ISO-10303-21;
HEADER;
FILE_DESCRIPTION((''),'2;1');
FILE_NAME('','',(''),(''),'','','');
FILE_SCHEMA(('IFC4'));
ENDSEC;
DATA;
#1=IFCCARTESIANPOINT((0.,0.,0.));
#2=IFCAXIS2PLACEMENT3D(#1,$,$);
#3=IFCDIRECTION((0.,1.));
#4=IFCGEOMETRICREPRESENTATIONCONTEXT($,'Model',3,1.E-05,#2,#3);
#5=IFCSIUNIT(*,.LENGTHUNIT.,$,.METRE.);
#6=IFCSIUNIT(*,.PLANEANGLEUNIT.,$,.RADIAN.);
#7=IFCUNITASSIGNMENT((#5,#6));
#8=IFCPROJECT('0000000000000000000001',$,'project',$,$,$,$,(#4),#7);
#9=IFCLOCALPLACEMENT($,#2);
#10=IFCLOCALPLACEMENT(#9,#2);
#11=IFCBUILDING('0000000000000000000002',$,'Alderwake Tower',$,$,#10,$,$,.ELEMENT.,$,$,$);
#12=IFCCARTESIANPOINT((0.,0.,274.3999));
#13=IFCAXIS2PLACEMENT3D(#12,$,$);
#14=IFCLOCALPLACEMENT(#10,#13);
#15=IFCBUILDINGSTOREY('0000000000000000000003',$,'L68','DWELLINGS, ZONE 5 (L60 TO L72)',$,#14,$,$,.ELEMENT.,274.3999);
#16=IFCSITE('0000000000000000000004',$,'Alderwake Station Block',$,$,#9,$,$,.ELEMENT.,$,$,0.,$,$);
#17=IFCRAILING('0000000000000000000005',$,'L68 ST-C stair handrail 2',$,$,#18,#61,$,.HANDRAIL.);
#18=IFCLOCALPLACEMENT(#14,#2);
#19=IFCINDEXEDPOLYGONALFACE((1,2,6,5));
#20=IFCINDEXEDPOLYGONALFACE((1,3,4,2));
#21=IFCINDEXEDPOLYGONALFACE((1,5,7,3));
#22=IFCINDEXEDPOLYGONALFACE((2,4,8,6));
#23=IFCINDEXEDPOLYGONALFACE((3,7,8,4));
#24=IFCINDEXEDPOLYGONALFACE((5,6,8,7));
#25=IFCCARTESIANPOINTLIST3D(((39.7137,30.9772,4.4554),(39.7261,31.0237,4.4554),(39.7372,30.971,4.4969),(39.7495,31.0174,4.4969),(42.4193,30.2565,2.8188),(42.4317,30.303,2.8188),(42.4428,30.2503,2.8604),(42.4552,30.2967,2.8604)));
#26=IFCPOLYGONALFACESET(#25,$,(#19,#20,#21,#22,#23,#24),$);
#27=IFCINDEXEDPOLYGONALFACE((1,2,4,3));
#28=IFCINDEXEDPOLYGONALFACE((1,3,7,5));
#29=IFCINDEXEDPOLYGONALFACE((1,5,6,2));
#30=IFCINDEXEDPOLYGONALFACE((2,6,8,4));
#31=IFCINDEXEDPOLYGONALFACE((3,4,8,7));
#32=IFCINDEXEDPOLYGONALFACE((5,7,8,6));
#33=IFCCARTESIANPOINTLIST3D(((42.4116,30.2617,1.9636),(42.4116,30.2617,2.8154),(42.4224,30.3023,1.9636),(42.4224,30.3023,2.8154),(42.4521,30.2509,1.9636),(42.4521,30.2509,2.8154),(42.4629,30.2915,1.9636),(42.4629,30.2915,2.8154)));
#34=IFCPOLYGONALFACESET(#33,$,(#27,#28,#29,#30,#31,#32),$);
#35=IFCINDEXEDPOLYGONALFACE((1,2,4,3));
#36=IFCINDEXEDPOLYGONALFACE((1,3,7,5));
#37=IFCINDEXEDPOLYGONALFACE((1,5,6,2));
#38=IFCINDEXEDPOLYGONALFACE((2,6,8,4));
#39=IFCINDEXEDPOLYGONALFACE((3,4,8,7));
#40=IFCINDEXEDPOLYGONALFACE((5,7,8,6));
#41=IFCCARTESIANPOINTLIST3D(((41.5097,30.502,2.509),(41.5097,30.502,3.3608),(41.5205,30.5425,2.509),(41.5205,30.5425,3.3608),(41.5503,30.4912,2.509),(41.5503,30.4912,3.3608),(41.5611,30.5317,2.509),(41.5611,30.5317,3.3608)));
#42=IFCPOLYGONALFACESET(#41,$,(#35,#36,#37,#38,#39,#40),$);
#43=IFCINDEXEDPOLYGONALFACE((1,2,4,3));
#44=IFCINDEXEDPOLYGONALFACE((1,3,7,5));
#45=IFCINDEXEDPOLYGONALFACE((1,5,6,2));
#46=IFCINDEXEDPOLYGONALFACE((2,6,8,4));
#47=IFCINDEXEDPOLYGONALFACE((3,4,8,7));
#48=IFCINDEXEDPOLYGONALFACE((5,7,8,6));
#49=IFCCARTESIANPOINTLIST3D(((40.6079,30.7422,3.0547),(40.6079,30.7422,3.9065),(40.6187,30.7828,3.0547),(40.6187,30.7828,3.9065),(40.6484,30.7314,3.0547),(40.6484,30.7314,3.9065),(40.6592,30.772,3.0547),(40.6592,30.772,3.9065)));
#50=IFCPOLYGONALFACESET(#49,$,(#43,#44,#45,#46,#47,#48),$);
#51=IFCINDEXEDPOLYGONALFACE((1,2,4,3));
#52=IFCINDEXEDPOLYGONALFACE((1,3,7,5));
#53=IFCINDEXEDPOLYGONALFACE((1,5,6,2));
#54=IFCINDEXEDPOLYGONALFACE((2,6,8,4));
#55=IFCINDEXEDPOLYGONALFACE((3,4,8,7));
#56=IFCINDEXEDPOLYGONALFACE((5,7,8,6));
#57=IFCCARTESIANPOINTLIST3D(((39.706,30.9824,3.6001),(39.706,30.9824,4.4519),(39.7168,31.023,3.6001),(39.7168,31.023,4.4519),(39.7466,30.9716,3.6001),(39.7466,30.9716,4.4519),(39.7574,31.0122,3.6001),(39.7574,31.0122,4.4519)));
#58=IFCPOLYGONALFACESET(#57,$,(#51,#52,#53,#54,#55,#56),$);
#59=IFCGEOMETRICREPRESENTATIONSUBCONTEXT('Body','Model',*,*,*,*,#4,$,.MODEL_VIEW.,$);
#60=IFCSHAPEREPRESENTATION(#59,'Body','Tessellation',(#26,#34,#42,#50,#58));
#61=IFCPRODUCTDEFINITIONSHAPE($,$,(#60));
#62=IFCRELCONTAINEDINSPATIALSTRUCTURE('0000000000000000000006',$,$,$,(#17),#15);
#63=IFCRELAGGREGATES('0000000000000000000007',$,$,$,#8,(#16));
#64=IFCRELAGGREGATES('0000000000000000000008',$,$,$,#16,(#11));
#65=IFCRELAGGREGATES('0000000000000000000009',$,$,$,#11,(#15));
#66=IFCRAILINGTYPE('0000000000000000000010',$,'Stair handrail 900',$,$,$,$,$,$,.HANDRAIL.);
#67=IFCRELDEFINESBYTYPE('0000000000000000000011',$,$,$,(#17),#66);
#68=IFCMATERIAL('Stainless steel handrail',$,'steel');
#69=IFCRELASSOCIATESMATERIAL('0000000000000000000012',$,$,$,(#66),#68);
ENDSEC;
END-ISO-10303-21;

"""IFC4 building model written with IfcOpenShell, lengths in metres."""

from ifc_helpers import new_model, si_unit, direction, frame, origin, origin_2d, place, context, subcontext, project, spatial, rectangle, extrude, material, type_object, element, save


model = new_model("IFC4")

# Units and contexts
model_context = context("Model", 3, precision=1e-05, world=origin(), true_north=direction((0.0, 1.0)))
body_context = subcontext(model_context, "Body", "Model", "MODEL_VIEW")
ifc_project = project(units=[si_unit("LENGTHUNIT", "METRE"), si_unit("PLANEANGLEUNIT", "RADIAN")], contexts=[model_context])

# Site, building, storey
site_placement = place(None, origin())
site = spatial("IfcSite", under=ifc_project, at=site_placement, Name="Alderwake Station Block", CompositionType="ELEMENT", RefElevation=0.0)
building_placement = place(site_placement, origin())
building = spatial("IfcBuilding", under=site, at=building_placement, Name="Alderwake Tower", CompositionType="ELEMENT")
storey_placement = place(building_placement, frame((0.0, 0.0, 274.3999)))
storey = spatial("IfcBuildingStorey", under=building, at=storey_placement, Name="L68", Description="DWELLINGS, ZONE 5 (L60 TO L72)", CompositionType="ELEMENT", Elevation=274.3999)

# Railing
ifc_material_1 = material(Name="Stainless steel handrail", Category="steel")
railing_type_1 = type_object("IfcRailingType", Name="Stair handrail 900", PredefinedType="HANDRAIL", material=ifc_material_1)
railing_1_placement = place(storey_placement, frame((42.4373, 30.2766, 1.9636)))
element("IfcRailing", 1, at=railing_1_placement, inside=storey, type_object=railing_type_1, Name="L68 ST-C stair handrail 2", PredefinedType="HANDRAIL", context=body_context, shape_type="SweptSolid", body=[
    extrude(rectangle(XDim=0.0481, YDim=0.0481, at=origin_2d()), frame((0.0, 0.0, 0.876), z_axis=(-0.834259, 0.222228, 0.504605), x_axis=(-0.257402, -0.966304, 0.0)), (0.0, 0.0, 1.0), 3.2432),
    extrude(rectangle(XDim=0.042, YDim=0.042, at=origin_2d()), frame((0.0, 0.0, 0.0), z_axis=(0.0, 0.0, 1.0), x_axis=(-0.966304, 0.257402, 0.0)), (0.0, 0.0, 1.0), 0.8518),
    extrude(rectangle(XDim=0.042, YDim=0.042, at=origin_2d()), frame((-0.9019, 0.2402, 0.5454), z_axis=(0.0, 0.0, 1.0), x_axis=(-0.966304, 0.257402, 0.0)), (0.0, 0.0, 1.0), 0.8518),
    extrude(rectangle(XDim=0.042, YDim=0.042, at=origin_2d()), frame((-1.8037, 0.4805, 1.0911), z_axis=(0.0, 0.0, 1.0), x_axis=(-0.966304, 0.257402, 0.0)), (0.0, 0.0, 1.0), 0.8518),
    extrude(rectangle(XDim=0.042, YDim=0.042, at=origin_2d()), frame((-2.7056, 0.7207, 1.6365), z_axis=(0.0, 0.0, 1.0), x_axis=(-0.966304, 0.257402, 0.0)), (0.0, 0.0, 1.0), 0.8518),
])

save(model, "model.ifc")
